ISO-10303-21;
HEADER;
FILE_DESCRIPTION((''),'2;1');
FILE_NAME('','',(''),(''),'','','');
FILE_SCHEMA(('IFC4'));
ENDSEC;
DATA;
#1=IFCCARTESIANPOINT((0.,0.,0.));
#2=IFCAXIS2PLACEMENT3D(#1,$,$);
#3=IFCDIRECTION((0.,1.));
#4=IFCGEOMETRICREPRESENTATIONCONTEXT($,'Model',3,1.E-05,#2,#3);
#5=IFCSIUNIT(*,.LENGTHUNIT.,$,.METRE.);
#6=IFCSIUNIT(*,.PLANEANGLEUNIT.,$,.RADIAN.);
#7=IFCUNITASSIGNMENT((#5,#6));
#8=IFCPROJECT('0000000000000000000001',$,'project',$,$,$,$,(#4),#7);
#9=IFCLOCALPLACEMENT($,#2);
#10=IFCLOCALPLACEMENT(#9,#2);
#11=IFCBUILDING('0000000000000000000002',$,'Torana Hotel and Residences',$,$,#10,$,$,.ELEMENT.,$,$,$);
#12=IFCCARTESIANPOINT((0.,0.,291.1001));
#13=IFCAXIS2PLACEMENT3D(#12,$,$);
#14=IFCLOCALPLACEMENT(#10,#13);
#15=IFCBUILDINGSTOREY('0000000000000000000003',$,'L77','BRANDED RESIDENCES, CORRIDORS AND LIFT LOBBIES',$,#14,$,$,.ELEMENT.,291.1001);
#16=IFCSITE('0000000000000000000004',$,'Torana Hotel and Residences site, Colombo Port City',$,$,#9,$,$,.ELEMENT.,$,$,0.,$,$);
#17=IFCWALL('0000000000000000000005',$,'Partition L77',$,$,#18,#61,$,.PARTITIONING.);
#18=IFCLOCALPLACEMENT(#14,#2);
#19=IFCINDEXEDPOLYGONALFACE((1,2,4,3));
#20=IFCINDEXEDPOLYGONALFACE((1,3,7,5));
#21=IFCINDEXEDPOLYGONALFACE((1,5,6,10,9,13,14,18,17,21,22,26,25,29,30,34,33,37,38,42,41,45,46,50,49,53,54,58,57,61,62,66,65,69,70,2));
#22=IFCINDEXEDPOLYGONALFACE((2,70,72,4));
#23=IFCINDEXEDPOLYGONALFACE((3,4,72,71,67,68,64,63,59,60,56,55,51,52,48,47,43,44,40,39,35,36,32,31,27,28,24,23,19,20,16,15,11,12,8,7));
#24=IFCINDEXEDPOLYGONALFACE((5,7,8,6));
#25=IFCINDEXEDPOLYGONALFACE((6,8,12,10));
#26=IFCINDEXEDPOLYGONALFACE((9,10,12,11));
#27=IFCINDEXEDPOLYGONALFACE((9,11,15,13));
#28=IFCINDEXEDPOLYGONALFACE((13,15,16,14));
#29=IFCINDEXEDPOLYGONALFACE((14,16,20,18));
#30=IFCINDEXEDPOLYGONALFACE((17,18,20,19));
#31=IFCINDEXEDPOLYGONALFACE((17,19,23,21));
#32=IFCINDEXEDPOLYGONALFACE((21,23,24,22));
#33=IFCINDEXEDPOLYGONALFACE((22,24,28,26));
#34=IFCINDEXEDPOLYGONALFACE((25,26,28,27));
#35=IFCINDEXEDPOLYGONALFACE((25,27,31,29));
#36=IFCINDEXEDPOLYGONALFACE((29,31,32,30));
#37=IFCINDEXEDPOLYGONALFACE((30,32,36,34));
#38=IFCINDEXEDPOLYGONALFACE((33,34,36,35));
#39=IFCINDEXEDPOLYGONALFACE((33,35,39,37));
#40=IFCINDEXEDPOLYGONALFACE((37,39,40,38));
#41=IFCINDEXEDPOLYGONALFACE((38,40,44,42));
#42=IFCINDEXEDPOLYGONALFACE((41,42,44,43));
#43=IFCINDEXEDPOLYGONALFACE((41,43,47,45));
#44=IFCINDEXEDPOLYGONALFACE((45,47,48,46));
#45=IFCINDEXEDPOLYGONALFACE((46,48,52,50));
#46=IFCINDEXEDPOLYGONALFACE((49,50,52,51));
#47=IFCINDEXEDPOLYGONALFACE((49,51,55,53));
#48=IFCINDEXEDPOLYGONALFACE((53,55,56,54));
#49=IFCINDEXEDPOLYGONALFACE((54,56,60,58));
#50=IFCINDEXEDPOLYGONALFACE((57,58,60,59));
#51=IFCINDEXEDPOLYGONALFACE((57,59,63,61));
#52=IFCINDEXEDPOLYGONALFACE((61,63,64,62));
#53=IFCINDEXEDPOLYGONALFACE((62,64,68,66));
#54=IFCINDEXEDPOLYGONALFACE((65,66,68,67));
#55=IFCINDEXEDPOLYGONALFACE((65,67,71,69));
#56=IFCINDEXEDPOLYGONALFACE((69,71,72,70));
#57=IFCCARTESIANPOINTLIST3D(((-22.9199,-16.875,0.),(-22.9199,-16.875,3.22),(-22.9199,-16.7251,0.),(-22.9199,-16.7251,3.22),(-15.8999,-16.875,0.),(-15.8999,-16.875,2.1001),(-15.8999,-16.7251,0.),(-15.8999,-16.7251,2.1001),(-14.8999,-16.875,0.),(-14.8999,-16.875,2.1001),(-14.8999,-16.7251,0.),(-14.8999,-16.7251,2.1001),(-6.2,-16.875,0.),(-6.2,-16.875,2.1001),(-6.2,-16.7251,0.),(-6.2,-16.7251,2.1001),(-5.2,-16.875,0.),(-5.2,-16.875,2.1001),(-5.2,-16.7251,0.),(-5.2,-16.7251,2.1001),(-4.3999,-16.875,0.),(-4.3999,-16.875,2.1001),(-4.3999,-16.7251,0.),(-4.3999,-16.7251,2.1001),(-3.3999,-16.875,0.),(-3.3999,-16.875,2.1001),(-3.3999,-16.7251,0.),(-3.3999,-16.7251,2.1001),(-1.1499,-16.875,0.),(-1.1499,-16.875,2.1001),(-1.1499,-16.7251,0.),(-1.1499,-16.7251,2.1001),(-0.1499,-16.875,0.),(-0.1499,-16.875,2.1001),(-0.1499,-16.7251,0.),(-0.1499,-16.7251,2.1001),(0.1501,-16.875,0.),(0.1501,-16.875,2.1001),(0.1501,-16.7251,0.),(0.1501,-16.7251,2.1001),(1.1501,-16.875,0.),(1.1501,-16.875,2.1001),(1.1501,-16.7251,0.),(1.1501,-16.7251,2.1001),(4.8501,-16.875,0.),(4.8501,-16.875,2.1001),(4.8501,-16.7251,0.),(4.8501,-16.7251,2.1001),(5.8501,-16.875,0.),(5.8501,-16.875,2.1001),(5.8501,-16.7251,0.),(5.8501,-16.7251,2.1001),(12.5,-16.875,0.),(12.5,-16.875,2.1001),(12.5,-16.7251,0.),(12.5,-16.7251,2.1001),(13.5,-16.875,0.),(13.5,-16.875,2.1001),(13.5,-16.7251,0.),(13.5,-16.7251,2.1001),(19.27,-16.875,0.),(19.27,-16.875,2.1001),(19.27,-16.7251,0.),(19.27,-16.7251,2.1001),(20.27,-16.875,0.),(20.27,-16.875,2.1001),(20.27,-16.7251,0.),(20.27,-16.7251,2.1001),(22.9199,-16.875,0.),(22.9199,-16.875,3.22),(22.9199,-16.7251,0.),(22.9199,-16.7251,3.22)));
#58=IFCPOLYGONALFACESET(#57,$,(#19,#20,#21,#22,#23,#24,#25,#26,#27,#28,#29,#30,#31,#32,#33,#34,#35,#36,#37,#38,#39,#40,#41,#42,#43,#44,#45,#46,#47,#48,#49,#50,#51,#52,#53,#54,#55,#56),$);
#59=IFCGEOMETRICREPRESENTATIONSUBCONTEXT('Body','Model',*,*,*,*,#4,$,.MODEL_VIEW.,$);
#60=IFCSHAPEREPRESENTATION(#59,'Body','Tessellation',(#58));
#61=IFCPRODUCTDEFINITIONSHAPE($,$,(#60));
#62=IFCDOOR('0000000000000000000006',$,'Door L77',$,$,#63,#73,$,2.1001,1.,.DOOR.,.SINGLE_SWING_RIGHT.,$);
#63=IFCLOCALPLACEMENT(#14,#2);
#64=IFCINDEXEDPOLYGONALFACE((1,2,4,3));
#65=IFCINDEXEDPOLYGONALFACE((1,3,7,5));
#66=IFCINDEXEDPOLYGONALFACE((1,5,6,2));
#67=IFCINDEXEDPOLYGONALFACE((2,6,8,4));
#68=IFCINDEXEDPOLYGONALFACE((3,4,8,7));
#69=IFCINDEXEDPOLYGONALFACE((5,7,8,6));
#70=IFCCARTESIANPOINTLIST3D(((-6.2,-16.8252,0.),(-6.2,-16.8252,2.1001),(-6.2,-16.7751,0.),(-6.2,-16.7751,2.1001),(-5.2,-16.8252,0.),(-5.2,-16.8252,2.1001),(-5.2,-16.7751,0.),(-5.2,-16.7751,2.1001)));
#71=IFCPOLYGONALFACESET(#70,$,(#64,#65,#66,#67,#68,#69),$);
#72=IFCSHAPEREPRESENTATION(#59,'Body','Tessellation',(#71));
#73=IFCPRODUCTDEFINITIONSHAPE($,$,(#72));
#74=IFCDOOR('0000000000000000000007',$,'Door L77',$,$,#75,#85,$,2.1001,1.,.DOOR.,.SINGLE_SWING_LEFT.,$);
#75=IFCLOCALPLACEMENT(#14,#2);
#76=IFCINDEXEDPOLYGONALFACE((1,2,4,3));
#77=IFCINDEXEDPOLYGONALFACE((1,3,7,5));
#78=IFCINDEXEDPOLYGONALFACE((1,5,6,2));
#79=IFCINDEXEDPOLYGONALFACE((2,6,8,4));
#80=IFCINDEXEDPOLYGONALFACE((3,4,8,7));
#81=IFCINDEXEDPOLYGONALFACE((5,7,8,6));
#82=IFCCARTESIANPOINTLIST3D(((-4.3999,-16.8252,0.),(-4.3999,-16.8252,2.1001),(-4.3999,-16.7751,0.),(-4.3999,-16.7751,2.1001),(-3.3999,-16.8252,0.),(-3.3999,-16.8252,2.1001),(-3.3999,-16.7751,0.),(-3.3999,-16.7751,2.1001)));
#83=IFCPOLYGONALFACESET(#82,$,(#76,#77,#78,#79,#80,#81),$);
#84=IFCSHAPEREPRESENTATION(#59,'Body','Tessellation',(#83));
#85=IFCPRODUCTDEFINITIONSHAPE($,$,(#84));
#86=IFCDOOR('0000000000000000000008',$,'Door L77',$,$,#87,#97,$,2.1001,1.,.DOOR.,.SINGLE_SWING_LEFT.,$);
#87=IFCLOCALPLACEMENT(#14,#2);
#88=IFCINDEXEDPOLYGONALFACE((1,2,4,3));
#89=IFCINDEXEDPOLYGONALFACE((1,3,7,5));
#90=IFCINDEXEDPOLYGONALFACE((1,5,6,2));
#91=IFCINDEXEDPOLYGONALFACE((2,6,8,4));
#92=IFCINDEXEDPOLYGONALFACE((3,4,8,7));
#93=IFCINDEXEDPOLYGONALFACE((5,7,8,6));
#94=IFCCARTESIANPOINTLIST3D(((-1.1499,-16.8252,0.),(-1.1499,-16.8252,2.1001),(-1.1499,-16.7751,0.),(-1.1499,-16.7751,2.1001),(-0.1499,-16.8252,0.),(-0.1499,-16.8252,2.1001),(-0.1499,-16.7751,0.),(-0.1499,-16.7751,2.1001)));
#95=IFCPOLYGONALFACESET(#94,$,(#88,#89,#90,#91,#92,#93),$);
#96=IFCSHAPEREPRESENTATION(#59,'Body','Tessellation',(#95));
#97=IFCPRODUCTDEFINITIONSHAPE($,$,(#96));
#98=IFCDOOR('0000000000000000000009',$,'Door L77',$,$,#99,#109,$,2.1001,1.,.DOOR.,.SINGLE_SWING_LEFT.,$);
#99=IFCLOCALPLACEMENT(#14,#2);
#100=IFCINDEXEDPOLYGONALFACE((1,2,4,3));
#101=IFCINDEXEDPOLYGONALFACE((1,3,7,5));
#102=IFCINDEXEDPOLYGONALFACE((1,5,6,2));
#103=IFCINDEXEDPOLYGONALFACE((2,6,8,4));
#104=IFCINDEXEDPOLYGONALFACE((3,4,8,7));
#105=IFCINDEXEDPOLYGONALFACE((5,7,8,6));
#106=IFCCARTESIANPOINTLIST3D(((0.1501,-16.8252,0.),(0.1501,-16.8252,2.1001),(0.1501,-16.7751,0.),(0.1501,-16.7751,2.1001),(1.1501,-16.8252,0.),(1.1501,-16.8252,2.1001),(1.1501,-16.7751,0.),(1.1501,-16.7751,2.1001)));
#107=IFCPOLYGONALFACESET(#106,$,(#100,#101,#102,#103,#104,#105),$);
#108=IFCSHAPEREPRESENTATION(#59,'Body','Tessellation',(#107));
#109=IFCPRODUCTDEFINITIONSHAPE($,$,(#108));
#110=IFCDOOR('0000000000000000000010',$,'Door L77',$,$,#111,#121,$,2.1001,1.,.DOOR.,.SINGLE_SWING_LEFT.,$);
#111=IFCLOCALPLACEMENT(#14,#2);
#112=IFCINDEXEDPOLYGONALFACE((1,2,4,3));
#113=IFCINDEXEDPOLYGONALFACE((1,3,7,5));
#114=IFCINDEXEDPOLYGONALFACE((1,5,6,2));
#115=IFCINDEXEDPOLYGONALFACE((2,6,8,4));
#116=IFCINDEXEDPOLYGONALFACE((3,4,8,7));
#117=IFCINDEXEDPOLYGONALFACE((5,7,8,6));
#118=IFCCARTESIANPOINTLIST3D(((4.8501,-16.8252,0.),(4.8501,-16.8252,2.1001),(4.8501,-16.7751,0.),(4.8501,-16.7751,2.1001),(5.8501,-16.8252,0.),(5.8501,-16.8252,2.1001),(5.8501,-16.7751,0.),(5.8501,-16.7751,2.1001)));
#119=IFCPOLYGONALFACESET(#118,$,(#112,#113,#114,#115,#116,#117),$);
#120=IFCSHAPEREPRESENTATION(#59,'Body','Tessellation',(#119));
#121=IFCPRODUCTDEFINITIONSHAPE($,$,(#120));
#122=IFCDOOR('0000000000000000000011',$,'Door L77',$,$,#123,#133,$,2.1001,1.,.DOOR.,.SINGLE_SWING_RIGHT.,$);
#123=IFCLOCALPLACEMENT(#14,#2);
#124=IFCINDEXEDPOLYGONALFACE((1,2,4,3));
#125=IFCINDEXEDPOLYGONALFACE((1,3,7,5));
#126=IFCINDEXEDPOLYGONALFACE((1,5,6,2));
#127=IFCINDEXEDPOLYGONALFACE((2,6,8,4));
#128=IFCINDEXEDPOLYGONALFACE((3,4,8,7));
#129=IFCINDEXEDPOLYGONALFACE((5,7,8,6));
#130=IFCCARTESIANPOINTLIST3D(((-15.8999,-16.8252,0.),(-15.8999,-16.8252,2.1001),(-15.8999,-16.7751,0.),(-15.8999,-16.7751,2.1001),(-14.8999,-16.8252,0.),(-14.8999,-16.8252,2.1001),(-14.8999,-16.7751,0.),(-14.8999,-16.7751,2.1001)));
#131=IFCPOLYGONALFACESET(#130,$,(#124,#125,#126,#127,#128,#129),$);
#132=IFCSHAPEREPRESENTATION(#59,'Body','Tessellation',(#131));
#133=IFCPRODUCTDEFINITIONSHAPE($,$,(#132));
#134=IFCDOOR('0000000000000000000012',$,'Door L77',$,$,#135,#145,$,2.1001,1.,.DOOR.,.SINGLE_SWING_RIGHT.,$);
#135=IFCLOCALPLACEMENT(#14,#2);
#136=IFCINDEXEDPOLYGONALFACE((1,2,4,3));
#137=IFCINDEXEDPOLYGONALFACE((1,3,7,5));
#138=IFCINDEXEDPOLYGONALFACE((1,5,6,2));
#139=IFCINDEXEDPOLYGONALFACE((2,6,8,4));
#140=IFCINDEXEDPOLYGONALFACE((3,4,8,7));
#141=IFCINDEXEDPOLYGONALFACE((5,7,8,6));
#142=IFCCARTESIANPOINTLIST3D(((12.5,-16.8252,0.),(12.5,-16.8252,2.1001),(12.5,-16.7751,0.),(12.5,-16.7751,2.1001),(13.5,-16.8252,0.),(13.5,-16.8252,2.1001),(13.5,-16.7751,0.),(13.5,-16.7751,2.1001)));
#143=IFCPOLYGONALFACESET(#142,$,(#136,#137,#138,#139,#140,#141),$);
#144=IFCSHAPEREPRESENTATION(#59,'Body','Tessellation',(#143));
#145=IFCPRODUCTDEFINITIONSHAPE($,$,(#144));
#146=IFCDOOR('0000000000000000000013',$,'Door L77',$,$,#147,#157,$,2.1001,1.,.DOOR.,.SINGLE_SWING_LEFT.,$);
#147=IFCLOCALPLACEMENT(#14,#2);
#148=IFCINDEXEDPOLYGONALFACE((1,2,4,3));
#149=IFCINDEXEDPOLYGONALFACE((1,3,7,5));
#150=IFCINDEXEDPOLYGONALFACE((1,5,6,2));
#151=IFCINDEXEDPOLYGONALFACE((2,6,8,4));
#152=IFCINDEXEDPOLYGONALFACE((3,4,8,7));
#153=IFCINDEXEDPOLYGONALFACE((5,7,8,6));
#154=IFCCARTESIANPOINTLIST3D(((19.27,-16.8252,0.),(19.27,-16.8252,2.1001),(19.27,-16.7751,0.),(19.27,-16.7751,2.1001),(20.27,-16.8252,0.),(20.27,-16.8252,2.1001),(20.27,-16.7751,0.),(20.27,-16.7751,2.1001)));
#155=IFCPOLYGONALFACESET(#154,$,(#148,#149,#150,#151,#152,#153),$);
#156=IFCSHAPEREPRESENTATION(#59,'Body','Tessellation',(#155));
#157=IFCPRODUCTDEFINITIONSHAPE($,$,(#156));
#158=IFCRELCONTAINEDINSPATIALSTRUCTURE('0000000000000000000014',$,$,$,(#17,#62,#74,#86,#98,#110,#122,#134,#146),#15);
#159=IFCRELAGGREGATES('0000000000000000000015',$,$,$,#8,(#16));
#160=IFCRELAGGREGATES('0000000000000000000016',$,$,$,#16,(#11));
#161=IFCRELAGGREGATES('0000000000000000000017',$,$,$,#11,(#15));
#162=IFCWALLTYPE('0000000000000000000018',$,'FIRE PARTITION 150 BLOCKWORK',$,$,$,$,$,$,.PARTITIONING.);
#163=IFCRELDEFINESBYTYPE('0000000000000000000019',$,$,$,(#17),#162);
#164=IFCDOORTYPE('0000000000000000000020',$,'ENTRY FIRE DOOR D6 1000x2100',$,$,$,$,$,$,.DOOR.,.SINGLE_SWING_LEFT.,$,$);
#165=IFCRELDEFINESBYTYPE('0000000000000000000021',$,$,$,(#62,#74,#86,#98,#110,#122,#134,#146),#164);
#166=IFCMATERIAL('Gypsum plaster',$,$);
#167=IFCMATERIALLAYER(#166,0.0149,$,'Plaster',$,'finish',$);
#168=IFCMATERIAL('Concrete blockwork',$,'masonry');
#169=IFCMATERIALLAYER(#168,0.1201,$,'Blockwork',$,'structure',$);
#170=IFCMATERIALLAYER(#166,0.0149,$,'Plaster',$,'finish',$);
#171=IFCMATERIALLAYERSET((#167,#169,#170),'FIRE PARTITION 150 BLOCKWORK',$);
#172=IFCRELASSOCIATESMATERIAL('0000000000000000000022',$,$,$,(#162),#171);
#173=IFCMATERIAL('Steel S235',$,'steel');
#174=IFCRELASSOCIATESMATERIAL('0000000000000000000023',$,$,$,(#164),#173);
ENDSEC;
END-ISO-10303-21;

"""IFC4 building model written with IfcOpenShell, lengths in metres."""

from ifc_helpers import new_model, si_unit, direction, frame, frame_2d, origin, place, context, subcontext, project, spatial, rectangle, extrude, material, layer, layer_set, type_object, element, fill, save


model = new_model("IFC4")

# Units and contexts
model_context = context("Model", 3, precision=1e-05, world=origin(), true_north=direction((0.0, 1.0)))
body_context = subcontext(model_context, "Body", "Model", "MODEL_VIEW")
ifc_project = project(units=[si_unit("LENGTHUNIT", "METRE"), si_unit("PLANEANGLEUNIT", "RADIAN")], contexts=[model_context])

# Site, building, storey
site_placement = place(None, origin())
site = spatial("IfcSite", under=ifc_project, at=site_placement, Name="Torana Hotel and Residences site, Colombo Port City", CompositionType="ELEMENT", RefElevation=0.0)
building_placement = place(site_placement, origin())
building = spatial("IfcBuilding", under=site, at=building_placement, Name="Torana Hotel and Residences", CompositionType="ELEMENT")
storey_placement = place(building_placement, frame((0.0, 0.0, 291.1001)))
storey = spatial("IfcBuildingStorey", under=building, at=storey_placement, Name="L77", Description="BRANDED RESIDENCES, CORRIDORS AND LIFT LOBBIES", CompositionType="ELEMENT", Elevation=291.1001)

# Shared definitions
ifc_material_1 = material(Name="Gypsum plaster")
ifc_layer_1 = layer(ifc_material_1, 0.0149, Name="Plaster", Category="finish")
ifc_material_2 = material(Name="Concrete blockwork", Category="masonry")
ifc_layer_2 = layer(ifc_material_2, 0.1201, Name="Blockwork", Category="structure")
ifc_layer_3 = layer(ifc_material_1, 0.0149, Name="Plaster", Category="finish")
ifc_layer_set_1 = layer_set([ifc_layer_1, ifc_layer_2, ifc_layer_3], Name="FIRE PARTITION 150 BLOCKWORK")
wall_type_1 = type_object("IfcWallType", Name="FIRE PARTITION 150 BLOCKWORK", PredefinedType="PARTITIONING", material=ifc_layer_set_1)
ifc_material_3 = material(Name="Steel S235", Category="steel")
door_type_1 = type_object("IfcDoorType", Name="ENTRY FIRE DOOR D6 1000x2100", OperationType="SINGLE_SWING_LEFT", PredefinedType="DOOR", material=ifc_material_3)

# Wall, openings, doors
wall_1_placement = place(storey_placement, frame((-22.9199, -16.8, 0.0), z_axis=(0.0, 0.0, 1.0), x_axis=(1.0, 0.0, 0.0)))
wall_1 = element("IfcWall", 1, at=wall_1_placement, inside=storey, type_object=wall_type_1, Name="Partition L77", PredefinedType="PARTITIONING", context=body_context, shape_type="SweptSolid", body=[
    extrude(rectangle(XDim=45.8398, YDim=0.1499, at=frame_2d((22.9199, 0.0))), origin(), (0.0, 0.0, 1.0), 3.22),
])
opening_1_placement = place(wall_1_placement, frame((16.72, 0.0, 0.0)))
opening_1 = element("IfcOpeningElement", 2, at=opening_1_placement, cuts=wall_1, PredefinedType="OPENING", context=body_context, shape_type="SweptSolid", body=[
    extrude(rectangle(XDim=1.0, YDim=2.1001, at=frame_2d((0.5, 1.05))), frame((0.0, 0.085, 0.0), z_axis=(0.0, -1.0, 0.0), x_axis=(1.0, 0.0, 0.0)), (0.0, 0.0, 1.0), 0.1699),
])
opening_2_placement = place(wall_1_placement, frame((18.52, 0.0, 0.0)))
opening_2 = element("IfcOpeningElement", 3, at=opening_2_placement, cuts=wall_1, PredefinedType="OPENING", context=body_context, shape_type="SweptSolid", body=[
    extrude(rectangle(XDim=1.0, YDim=2.1001, at=frame_2d((0.5, 1.05))), frame((0.0, 0.085, 0.0), z_axis=(0.0, -1.0, 0.0), x_axis=(1.0, 0.0, 0.0)), (0.0, 0.0, 1.0), 0.1699),
])
opening_3_placement = place(wall_1_placement, frame((21.77, 0.0, 0.0)))
opening_3 = element("IfcOpeningElement", 4, at=opening_3_placement, cuts=wall_1, PredefinedType="OPENING", context=body_context, shape_type="SweptSolid", body=[
    extrude(rectangle(XDim=1.0, YDim=2.1001, at=frame_2d((0.5, 1.05))), frame((0.0, 0.085, 0.0), z_axis=(0.0, -1.0, 0.0), x_axis=(1.0, 0.0, 0.0)), (0.0, 0.0, 1.0), 0.1699),
])
opening_4_placement = place(wall_1_placement, frame((23.0701, 0.0, 0.0)))
opening_4 = element("IfcOpeningElement", 5, at=opening_4_placement, cuts=wall_1, PredefinedType="OPENING", context=body_context, shape_type="SweptSolid", body=[
    extrude(rectangle(XDim=1.0, YDim=2.1001, at=frame_2d((0.5, 1.05))), frame((0.0, 0.085, 0.0), z_axis=(0.0, -1.0, 0.0), x_axis=(1.0, 0.0, 0.0)), (0.0, 0.0, 1.0), 0.1699),
])
opening_5_placement = place(wall_1_placement, frame((27.77, 0.0, 0.0)))
opening_5 = element("IfcOpeningElement", 6, at=opening_5_placement, cuts=wall_1, PredefinedType="OPENING", context=body_context, shape_type="SweptSolid", body=[
    extrude(rectangle(XDim=1.0, YDim=2.1001, at=frame_2d((0.5, 1.05))), frame((0.0, 0.085, 0.0), z_axis=(0.0, -1.0, 0.0), x_axis=(1.0, 0.0, 0.0)), (0.0, 0.0, 1.0), 0.1699),
])
opening_6_placement = place(wall_1_placement, frame((7.02, 0.0, 0.0)))
opening_6 = element("IfcOpeningElement", 7, at=opening_6_placement, cuts=wall_1, PredefinedType="OPENING", context=body_context, shape_type="SweptSolid", body=[
    extrude(rectangle(XDim=1.0, YDim=2.1001, at=frame_2d((0.5, 1.05))), frame((0.0, 0.085, 0.0), z_axis=(0.0, -1.0, 0.0), x_axis=(1.0, 0.0, 0.0)), (0.0, 0.0, 1.0), 0.1699),
])
opening_7_placement = place(wall_1_placement, frame((35.4199, 0.0, 0.0)))
opening_7 = element("IfcOpeningElement", 8, at=opening_7_placement, cuts=wall_1, PredefinedType="OPENING", context=body_context, shape_type="SweptSolid", body=[
    extrude(rectangle(XDim=1.0, YDim=2.1001, at=frame_2d((0.5, 1.05))), frame((0.0, 0.085, 0.0), z_axis=(0.0, -1.0, 0.0), x_axis=(1.0, 0.0, 0.0)), (0.0, 0.0, 1.0), 0.1699),
])
opening_8_placement = place(wall_1_placement, frame((42.1899, 0.0, 0.0)))
opening_8 = element("IfcOpeningElement", 9, at=opening_8_placement, cuts=wall_1, PredefinedType="OPENING", context=body_context, shape_type="SweptSolid", body=[
    extrude(rectangle(XDim=1.0, YDim=2.1001, at=frame_2d((0.5, 1.05))), frame((0.0, 0.085, 0.0), z_axis=(0.0, -1.0, 0.0), x_axis=(1.0, 0.0, 0.0)), (0.0, 0.0, 1.0), 0.1699),
])
door_1_placement = place(opening_1_placement, origin())
door_1 = element("IfcDoor", 10, at=door_1_placement, inside=storey, type_object=door_type_1, Name="Door L77", OperationType="SINGLE_SWING_RIGHT", OverallHeight=2.1001, OverallWidth=1.0, PredefinedType="DOOR", context=body_context, shape_type="SweptSolid", body=[
    extrude(rectangle(XDim=1.0, YDim=2.1001, at=frame_2d((0.5, 1.05))), frame((0.0, 0.0249, 0.0), z_axis=(0.0, -1.0, 0.0), x_axis=(1.0, 0.0, 0.0)), (0.0, 0.0, 1.0), 0.05),
])
fill(opening_1, door_1)
door_2_placement = place(opening_2_placement, frame((0.5, 0.0, 0.0), z_axis=(0.0, 0.0, 1.0), x_axis=(-1.0, 0.0, 0.0)))
door_2 = element("IfcDoor", 11, at=door_2_placement, inside=storey, type_object=door_type_1, Name="Door L77", OperationType="SINGLE_SWING_LEFT", OverallHeight=2.1001, OverallWidth=1.0, PredefinedType="DOOR", context=body_context, shape_type="SweptSolid", body=[
    extrude(rectangle(XDim=1.0, YDim=2.1001, at=frame_2d((0.0, 1.05))), frame((0.0, -0.0249, 0.0), z_axis=(0.0, 1.0, 0.0), x_axis=(-1.0, 0.0, 0.0)), (0.0, 0.0, 1.0), 0.05),
])
fill(opening_2, door_2)
door_3_placement = place(opening_3_placement, frame((0.5, 0.0, 0.0), z_axis=(0.0, 0.0, 1.0), x_axis=(-1.0, 0.0, 0.0)))
door_3 = element("IfcDoor", 12, at=door_3_placement, inside=storey, type_object=door_type_1, Name="Door L77", OperationType="SINGLE_SWING_LEFT", OverallHeight=2.1001, OverallWidth=1.0, PredefinedType="DOOR", context=body_context, shape_type="SweptSolid", body=[
    extrude(rectangle(XDim=1.0, YDim=2.1001, at=frame_2d((0.0, 1.05))), frame((0.0, -0.0249, 0.0), z_axis=(0.0, 1.0, 0.0), x_axis=(-1.0, 0.0, 0.0)), (0.0, 0.0, 1.0), 0.05),
])
fill(opening_3, door_3)
door_4_placement = place(opening_4_placement, frame((0.5, 0.0, 0.0), z_axis=(0.0, 0.0, 1.0), x_axis=(-1.0, 0.0, 0.0)))
door_4 = element("IfcDoor", 13, at=door_4_placement, inside=storey, type_object=door_type_1, Name="Door L77", OperationType="SINGLE_SWING_LEFT", OverallHeight=2.1001, OverallWidth=1.0, PredefinedType="DOOR", context=body_context, shape_type="SweptSolid", body=[
    extrude(rectangle(XDim=1.0, YDim=2.1001, at=frame_2d((0.0, 1.05))), frame((0.0, -0.0249, 0.0), z_axis=(0.0, 1.0, 0.0), x_axis=(-1.0, 0.0, 0.0)), (0.0, 0.0, 1.0), 0.05),
])
fill(opening_4, door_4)
door_5_placement = place(opening_5_placement, frame((0.5, 0.0, 0.0), z_axis=(0.0, 0.0, 1.0), x_axis=(-1.0, 0.0, 0.0)))
door_5 = element("IfcDoor", 14, at=door_5_placement, inside=storey, type_object=door_type_1, Name="Door L77", OperationType="SINGLE_SWING_LEFT", OverallHeight=2.1001, OverallWidth=1.0, PredefinedType="DOOR", context=body_context, shape_type="SweptSolid", body=[
    extrude(rectangle(XDim=1.0, YDim=2.1001, at=frame_2d((0.0, 1.05))), frame((0.0, -0.0249, 0.0), z_axis=(0.0, 1.0, 0.0), x_axis=(-1.0, 0.0, 0.0)), (0.0, 0.0, 1.0), 0.05),
])
fill(opening_5, door_5)
door_6_placement = place(opening_6_placement, origin())
door_6 = element("IfcDoor", 15, at=door_6_placement, inside=storey, type_object=door_type_1, Name="Door L77", OperationType="SINGLE_SWING_RIGHT", OverallHeight=2.1001, OverallWidth=1.0, PredefinedType="DOOR", context=body_context, shape_type="SweptSolid", body=[
    extrude(rectangle(XDim=1.0, YDim=2.1001, at=frame_2d((0.5, 1.05))), frame((0.0, 0.0249, 0.0), z_axis=(0.0, -1.0, 0.0), x_axis=(1.0, 0.0, 0.0)), (0.0, 0.0, 1.0), 0.05),
])
fill(opening_6, door_6)
door_7_placement = place(opening_7_placement, origin())
door_7 = element("IfcDoor", 16, at=door_7_placement, inside=storey, type_object=door_type_1, Name="Door L77", OperationType="SINGLE_SWING_RIGHT", OverallHeight=2.1001, OverallWidth=1.0, PredefinedType="DOOR", context=body_context, shape_type="SweptSolid", body=[
    extrude(rectangle(XDim=1.0, YDim=2.1001, at=frame_2d((0.5, 1.05))), frame((0.0, 0.0249, 0.0), z_axis=(0.0, -1.0, 0.0), x_axis=(1.0, 0.0, 0.0)), (0.0, 0.0, 1.0), 0.05),
])
fill(opening_7, door_7)
door_8_placement = place(opening_8_placement, frame((0.5, 0.0, 0.0), z_axis=(0.0, 0.0, 1.0), x_axis=(-1.0, 0.0, 0.0)))
door_8 = element("IfcDoor", 17, at=door_8_placement, inside=storey, type_object=door_type_1, Name="Door L77", OperationType="SINGLE_SWING_LEFT", OverallHeight=2.1001, OverallWidth=1.0, PredefinedType="DOOR", context=body_context, shape_type="SweptSolid", body=[
    extrude(rectangle(XDim=1.0, YDim=2.1001, at=frame_2d((0.0, 1.05))), frame((0.0, -0.0249, 0.0), z_axis=(0.0, 1.0, 0.0), x_axis=(-1.0, 0.0, 0.0)), (0.0, 0.0, 1.0), 0.05),
])
fill(opening_8, door_8)

save(model, "model.ifc")
